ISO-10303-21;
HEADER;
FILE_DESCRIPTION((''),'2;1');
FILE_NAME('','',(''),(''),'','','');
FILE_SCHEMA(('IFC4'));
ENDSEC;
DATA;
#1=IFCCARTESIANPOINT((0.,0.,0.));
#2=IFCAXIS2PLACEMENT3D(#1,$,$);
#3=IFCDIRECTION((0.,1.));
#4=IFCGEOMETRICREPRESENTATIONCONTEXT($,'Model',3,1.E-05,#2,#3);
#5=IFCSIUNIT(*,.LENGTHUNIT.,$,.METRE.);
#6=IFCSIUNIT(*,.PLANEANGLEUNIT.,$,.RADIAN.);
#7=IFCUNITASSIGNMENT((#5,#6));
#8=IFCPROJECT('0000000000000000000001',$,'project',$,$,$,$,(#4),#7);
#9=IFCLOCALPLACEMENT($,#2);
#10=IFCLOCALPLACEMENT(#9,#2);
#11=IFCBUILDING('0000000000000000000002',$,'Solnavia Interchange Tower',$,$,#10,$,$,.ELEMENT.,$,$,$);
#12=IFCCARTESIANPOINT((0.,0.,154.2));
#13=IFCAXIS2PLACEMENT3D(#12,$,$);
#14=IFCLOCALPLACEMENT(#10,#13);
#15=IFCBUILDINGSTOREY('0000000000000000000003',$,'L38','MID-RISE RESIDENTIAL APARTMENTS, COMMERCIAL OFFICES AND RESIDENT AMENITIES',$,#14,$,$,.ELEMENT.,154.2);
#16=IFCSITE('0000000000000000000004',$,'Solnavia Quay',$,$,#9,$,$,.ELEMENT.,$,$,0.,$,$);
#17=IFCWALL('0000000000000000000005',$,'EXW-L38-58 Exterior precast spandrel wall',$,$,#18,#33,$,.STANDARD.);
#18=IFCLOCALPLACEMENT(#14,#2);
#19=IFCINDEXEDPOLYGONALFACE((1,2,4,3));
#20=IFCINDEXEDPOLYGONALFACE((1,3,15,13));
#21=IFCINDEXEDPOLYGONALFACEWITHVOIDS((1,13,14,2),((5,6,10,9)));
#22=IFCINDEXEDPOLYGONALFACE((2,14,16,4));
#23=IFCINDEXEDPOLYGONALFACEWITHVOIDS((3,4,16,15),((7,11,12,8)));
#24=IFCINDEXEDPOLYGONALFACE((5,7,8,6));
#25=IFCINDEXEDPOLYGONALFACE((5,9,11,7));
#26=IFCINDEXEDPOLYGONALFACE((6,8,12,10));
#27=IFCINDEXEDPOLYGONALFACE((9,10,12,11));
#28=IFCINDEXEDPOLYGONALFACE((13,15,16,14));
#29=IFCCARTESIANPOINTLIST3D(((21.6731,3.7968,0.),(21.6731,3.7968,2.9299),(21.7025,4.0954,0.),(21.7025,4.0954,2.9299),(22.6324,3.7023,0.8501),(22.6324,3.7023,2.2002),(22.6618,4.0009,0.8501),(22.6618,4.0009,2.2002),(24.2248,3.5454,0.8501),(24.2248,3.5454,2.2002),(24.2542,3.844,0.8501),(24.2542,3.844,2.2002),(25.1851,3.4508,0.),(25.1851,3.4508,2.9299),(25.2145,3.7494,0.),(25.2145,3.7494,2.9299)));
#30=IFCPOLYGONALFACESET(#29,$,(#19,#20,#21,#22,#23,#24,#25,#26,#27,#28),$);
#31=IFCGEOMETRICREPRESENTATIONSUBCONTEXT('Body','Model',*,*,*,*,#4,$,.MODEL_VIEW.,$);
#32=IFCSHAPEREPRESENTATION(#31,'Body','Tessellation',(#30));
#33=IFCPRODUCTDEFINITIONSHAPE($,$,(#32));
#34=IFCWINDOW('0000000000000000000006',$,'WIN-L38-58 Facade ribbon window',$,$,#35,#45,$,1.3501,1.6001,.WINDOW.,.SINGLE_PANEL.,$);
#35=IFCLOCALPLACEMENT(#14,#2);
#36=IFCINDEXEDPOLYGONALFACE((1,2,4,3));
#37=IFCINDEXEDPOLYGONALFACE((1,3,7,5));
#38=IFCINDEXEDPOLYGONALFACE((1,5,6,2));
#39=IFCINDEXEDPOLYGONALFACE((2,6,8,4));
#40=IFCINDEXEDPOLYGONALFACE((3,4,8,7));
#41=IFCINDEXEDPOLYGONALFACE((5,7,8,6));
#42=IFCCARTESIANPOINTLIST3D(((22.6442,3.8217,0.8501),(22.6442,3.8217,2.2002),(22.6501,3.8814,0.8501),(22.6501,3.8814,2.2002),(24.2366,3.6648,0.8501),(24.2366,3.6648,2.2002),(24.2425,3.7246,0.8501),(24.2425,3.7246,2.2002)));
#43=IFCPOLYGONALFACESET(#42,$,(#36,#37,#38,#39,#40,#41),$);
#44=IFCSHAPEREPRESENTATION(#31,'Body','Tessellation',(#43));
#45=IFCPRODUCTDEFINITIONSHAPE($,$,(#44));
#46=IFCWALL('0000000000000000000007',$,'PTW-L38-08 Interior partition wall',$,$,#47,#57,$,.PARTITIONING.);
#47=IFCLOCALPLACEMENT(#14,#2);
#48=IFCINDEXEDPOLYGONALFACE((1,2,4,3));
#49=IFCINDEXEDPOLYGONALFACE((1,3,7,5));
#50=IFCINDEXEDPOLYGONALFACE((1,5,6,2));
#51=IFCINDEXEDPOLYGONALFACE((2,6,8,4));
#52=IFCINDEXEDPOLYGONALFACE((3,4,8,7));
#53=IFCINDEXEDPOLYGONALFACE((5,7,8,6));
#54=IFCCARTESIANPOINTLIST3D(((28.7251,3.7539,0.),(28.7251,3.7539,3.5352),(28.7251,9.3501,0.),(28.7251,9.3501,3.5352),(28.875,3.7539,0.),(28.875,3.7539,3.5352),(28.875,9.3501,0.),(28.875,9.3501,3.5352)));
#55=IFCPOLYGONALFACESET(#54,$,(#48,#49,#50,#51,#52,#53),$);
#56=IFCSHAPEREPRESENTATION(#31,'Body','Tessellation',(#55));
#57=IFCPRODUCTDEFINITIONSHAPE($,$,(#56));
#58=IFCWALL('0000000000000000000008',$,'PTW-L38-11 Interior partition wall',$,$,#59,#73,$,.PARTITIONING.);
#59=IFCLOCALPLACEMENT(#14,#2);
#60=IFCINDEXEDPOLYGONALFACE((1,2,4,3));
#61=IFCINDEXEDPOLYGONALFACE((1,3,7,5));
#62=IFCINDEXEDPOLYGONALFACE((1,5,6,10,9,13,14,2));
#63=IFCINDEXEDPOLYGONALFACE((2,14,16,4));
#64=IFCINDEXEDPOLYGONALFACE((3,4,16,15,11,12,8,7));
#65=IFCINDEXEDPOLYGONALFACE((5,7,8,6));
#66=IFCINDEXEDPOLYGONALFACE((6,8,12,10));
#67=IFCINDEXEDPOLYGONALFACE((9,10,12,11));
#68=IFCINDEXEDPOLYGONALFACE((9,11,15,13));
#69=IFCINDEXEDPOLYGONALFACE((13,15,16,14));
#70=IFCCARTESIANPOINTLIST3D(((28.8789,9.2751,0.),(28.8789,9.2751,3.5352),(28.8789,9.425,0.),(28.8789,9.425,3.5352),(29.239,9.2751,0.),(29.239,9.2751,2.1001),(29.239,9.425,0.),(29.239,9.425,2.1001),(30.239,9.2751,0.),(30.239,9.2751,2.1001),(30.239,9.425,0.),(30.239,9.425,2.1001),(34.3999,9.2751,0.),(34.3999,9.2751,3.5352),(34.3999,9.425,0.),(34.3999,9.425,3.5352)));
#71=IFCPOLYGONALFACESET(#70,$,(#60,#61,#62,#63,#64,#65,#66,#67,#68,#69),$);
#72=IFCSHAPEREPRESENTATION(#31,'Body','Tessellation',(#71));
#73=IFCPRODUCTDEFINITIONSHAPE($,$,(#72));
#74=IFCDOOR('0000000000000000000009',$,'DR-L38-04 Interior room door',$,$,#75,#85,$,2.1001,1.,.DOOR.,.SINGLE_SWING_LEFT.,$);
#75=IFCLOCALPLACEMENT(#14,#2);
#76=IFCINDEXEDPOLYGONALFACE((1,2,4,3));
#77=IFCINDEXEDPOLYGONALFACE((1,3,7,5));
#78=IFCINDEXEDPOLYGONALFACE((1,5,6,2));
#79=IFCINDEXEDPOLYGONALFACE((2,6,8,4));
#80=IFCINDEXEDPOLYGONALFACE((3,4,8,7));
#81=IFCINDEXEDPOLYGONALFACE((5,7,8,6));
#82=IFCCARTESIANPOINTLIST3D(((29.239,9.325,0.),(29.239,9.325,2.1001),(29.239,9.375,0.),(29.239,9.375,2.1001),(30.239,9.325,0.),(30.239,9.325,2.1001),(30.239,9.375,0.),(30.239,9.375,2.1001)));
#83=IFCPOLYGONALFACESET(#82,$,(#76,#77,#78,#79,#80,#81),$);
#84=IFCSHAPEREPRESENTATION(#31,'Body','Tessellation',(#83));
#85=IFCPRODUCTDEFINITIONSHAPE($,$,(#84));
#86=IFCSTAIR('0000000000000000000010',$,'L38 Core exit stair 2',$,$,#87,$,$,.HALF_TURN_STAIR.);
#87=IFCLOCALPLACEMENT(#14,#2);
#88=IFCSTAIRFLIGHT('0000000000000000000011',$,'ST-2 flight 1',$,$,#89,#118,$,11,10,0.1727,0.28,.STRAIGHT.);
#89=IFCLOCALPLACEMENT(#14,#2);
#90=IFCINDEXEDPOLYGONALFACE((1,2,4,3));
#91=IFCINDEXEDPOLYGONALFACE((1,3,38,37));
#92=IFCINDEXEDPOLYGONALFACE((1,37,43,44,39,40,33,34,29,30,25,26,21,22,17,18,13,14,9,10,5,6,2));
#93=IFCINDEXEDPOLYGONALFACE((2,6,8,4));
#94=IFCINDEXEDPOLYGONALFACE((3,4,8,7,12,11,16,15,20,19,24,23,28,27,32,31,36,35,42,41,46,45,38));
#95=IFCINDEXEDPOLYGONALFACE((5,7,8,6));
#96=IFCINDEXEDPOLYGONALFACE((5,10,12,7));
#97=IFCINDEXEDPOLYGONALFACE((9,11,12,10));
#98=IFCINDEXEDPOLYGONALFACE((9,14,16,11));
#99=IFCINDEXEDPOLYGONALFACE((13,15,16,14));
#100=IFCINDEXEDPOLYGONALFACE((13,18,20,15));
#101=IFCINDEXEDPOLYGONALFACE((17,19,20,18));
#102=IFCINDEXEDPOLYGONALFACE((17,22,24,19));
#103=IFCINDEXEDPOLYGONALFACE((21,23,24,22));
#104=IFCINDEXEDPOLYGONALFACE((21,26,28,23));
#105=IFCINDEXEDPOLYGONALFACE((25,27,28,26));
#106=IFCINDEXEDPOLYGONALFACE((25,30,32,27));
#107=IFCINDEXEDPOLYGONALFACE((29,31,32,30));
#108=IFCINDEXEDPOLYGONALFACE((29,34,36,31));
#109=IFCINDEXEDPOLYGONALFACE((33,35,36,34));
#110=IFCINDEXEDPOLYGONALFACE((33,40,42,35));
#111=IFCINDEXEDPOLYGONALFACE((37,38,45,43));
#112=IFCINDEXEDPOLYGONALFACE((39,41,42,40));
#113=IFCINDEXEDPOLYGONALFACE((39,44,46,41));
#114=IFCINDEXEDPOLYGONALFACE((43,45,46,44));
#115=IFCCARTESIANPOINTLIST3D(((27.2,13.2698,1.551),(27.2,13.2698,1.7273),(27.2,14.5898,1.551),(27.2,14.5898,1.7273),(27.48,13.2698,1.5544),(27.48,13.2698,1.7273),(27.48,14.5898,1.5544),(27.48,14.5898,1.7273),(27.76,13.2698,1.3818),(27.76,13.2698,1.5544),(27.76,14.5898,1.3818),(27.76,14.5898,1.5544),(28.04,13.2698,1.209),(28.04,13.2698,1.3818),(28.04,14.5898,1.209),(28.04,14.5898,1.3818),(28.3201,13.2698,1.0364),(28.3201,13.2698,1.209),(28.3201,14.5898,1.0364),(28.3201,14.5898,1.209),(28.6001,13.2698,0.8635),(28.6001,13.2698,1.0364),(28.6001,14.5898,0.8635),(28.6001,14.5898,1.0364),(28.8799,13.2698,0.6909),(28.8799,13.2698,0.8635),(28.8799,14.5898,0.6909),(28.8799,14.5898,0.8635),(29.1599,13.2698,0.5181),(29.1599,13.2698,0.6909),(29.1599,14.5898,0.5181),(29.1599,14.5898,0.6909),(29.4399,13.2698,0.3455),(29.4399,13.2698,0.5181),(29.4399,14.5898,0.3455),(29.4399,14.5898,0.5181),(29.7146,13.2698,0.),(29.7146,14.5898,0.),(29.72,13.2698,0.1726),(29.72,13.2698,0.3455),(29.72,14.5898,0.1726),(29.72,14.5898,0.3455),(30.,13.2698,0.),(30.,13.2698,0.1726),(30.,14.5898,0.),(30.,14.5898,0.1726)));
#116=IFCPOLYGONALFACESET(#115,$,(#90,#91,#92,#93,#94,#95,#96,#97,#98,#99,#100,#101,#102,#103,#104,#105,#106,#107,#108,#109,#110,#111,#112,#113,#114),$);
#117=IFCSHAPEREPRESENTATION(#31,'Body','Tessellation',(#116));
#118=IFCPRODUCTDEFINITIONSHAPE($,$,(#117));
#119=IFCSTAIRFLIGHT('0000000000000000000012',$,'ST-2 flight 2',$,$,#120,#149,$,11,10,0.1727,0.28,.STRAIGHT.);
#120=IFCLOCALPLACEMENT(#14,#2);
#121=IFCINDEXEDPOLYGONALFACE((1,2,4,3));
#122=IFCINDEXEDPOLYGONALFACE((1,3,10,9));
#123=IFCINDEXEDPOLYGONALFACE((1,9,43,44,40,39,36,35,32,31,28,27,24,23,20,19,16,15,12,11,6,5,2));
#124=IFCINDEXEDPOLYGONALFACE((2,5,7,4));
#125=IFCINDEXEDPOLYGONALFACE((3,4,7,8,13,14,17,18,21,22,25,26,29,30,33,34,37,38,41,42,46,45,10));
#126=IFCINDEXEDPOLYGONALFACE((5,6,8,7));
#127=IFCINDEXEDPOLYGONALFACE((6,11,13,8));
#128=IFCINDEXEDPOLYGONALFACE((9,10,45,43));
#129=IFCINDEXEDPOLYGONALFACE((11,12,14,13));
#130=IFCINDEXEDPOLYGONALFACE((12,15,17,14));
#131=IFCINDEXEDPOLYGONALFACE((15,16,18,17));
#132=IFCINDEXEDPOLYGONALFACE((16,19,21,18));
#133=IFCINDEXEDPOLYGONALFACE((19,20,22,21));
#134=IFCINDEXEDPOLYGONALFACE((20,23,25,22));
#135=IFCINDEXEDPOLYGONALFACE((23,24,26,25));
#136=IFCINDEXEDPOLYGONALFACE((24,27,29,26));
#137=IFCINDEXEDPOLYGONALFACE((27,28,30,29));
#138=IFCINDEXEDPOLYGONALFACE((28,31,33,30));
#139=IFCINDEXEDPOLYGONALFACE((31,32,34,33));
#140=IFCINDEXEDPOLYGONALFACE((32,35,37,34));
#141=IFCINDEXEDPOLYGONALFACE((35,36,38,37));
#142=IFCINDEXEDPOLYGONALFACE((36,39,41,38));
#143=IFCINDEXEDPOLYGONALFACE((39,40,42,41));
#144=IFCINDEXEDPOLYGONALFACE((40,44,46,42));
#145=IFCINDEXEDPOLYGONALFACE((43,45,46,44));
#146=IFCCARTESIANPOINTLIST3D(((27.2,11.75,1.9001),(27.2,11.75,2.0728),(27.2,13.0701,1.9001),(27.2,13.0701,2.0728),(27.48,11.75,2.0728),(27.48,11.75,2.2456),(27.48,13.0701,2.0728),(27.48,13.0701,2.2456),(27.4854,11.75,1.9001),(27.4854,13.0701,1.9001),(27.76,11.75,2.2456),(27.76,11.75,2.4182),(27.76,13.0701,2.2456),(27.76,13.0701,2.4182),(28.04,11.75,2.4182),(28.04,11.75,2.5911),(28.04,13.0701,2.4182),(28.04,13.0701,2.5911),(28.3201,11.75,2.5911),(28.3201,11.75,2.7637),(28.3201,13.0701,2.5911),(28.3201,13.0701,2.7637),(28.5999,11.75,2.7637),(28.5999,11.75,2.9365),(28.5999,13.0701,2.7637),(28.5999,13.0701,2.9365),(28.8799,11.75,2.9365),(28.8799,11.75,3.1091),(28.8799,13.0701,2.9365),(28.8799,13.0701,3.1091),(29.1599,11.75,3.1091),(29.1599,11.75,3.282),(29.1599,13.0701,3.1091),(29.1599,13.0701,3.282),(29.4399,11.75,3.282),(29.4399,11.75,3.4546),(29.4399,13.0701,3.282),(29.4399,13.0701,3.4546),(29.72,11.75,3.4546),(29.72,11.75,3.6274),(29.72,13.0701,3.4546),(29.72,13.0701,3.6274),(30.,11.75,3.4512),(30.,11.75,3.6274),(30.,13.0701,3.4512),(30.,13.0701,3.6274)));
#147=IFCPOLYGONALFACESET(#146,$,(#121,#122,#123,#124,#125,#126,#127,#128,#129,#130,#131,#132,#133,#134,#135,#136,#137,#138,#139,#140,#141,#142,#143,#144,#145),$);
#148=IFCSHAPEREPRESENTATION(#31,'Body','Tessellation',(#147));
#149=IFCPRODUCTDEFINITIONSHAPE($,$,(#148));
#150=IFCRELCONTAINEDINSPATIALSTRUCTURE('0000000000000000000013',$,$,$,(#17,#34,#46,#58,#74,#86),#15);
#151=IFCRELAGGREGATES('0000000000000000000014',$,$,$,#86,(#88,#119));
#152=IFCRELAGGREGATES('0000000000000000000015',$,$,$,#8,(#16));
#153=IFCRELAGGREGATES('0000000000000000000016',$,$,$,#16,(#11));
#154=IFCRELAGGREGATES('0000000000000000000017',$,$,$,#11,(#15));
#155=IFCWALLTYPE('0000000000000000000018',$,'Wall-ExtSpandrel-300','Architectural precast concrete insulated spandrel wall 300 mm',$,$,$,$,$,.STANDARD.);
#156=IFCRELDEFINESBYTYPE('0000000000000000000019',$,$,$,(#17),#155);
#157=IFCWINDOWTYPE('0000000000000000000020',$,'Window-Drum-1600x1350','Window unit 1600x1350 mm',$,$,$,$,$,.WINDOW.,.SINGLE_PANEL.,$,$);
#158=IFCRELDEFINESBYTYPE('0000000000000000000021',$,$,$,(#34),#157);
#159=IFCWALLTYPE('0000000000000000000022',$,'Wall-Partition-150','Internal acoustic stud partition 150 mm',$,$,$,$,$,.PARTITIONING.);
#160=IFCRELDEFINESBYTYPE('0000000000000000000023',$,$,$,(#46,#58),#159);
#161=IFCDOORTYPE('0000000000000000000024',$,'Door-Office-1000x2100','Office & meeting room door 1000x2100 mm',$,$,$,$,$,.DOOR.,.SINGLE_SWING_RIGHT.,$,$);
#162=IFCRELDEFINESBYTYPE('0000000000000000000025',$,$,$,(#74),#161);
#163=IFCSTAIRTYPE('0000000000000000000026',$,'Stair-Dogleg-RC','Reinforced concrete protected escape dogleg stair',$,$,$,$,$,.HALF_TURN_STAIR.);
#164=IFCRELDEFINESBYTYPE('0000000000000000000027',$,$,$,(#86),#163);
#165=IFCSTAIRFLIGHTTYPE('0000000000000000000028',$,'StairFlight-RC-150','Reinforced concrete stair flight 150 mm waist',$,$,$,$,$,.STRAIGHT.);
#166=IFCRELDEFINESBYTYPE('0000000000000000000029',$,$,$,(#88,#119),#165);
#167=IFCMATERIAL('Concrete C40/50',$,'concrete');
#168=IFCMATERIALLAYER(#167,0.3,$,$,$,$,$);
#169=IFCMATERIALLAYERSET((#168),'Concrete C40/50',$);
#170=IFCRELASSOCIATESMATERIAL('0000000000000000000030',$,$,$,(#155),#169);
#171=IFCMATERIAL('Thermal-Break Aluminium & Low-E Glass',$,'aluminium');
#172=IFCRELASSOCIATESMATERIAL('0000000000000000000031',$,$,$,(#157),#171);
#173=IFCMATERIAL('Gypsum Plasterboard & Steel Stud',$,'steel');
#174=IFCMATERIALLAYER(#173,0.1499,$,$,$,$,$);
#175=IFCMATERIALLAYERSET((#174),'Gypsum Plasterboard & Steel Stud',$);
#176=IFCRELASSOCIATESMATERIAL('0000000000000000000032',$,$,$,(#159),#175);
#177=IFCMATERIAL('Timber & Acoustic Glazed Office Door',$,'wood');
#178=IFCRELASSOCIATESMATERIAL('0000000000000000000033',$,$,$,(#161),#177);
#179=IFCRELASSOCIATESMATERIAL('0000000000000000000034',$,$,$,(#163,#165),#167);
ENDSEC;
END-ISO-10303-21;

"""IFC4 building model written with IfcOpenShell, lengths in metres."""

from ifc_helpers import new_model, si_unit, direction, frame, frame_2d, origin, place, context, subcontext, project, spatial, polyline, rectangle, outline, extrude, material, layer, layer_set, type_object, element, fill, aggregate, save


model = new_model("IFC4")

# Units and contexts
model_context = context("Model", 3, precision=1e-05, world=origin(), true_north=direction((0.0, 1.0)))
body_context = subcontext(model_context, "Body", "Model", "MODEL_VIEW")
ifc_project = project(units=[si_unit("LENGTHUNIT", "METRE"), si_unit("PLANEANGLEUNIT", "RADIAN")], contexts=[model_context])

# Site, building, storey
site_placement = place(None, origin())
site = spatial("IfcSite", under=ifc_project, at=site_placement, Name="Solnavia Quay", CompositionType="ELEMENT", RefElevation=0.0)
building_placement = place(site_placement, origin())
building = spatial("IfcBuilding", under=site, at=building_placement, Name="Solnavia Interchange Tower", CompositionType="ELEMENT")
storey_placement = place(building_placement, frame((0.0, 0.0, 154.2)))
storey = spatial("IfcBuildingStorey", under=building, at=storey_placement, Name="L38", Description="MID-RISE RESIDENTIAL APARTMENTS, COMMERCIAL OFFICES AND RESIDENT AMENITIES", CompositionType="ELEMENT", Elevation=154.2)

# Wall, opening, window
ifc_material_1 = material(Name="Concrete C40/50", Category="concrete")
ifc_layer_1 = layer(ifc_material_1, 0.3)
ifc_layer_set_1 = layer_set([ifc_layer_1], Name="Concrete C40/50")
wall_type_1 = type_object("IfcWallType", Name="Wall-ExtSpandrel-300", Description="Architectural precast concrete insulated spandrel wall 300 mm", PredefinedType="STANDARD", material=ifc_layer_set_1)
ifc_material_2 = material(Name="Thermal-Break Aluminium & Low-E Glass", Category="aluminium")
wall_1_placement = place(storey_placement, frame((25.2, 3.6001, 0.0), z_axis=(0.0, 0.0, 1.0), x_axis=(-0.995183, 0.098031, 0.0)))
wall_1 = element("IfcWall", 1, at=wall_1_placement, inside=storey, type_object=wall_type_1, Name="EXW-L38-58 Exterior precast spandrel wall", PredefinedType="STANDARD", context=body_context, shape_type="SweptSolid", body=[
    extrude(rectangle(XDim=3.5291, YDim=0.3, at=frame_2d((1.7646, 0.0))), origin(), (0.0, 0.0, 1.0), 2.9299),
])
opening_1_placement = place(wall_1_placement, frame((0.9651, 0.0, 0.8501)))
opening_1 = element("IfcOpeningElement", 2, at=opening_1_placement, cuts=wall_1, PredefinedType="OPENING", context=body_context, shape_type="SweptSolid", body=[
    extrude(rectangle(XDim=1.6001, YDim=1.3501, at=frame_2d((0.8, 0.675))), frame((0.0, 0.1602, 0.0), z_axis=(0.0, -1.0, 0.0), x_axis=(1.0, 0.0, 0.0)), (0.0, 0.0, 1.0), 0.3201),
])
window_type_1 = type_object("IfcWindowType", Name="Window-Drum-1600x1350", Description="Window unit 1600x1350 mm", PartitioningType="SINGLE_PANEL", PredefinedType="WINDOW", material=ifc_material_2)
window_1_placement = place(opening_1_placement, origin())
window_1 = element("IfcWindow", 3, at=window_1_placement, inside=storey, type_object=window_type_1, Name="WIN-L38-58 Facade ribbon window", OverallHeight=1.3501, OverallWidth=1.6001, PartitioningType="SINGLE_PANEL", PredefinedType="WINDOW", context=body_context, shape_type="SweptSolid", body=[
    extrude(rectangle(XDim=1.6001, YDim=1.3501, at=frame_2d((0.8, 0.675))), frame((0.0, 0.03, 0.0), z_axis=(0.0, -1.0, 0.0), x_axis=(1.0, 0.0, 0.0)), (0.0, 0.0, 1.0), 0.0601),
])
fill(opening_1, window_1)

# Wall
ifc_material_3 = material(Name="Gypsum Plasterboard & Steel Stud", Category="steel")
ifc_layer_2 = layer(ifc_material_3, 0.1499)
ifc_layer_set_2 = layer_set([ifc_layer_2], Name="Gypsum Plasterboard & Steel Stud")
wall_type_2 = type_object("IfcWallType", Name="Wall-Partition-150", Description="Internal acoustic stud partition 150 mm", PredefinedType="PARTITIONING", material=ifc_layer_set_2)
wall_2_placement = place(storey_placement, frame((28.8, 9.3501, 0.0), z_axis=(0.0, 0.0, 1.0), x_axis=(0.0, -1.0, 0.0)))
element("IfcWall", 4, at=wall_2_placement, inside=storey, type_object=wall_type_2, Name="PTW-L38-08 Interior partition wall", PredefinedType="PARTITIONING", context=body_context, shape_type="SweptSolid", body=[
    extrude(rectangle(XDim=5.5962, YDim=0.1499, at=frame_2d((2.7981, 0.0))), origin(), (0.0, 0.0, 1.0), 3.5352),
])

# Wall, opening, door
wall_3_placement = place(storey_placement, frame((28.8789, 9.3501, 0.0), z_axis=(0.0, 0.0, 1.0), x_axis=(1.0, 0.0, 0.0)))
wall_3 = element("IfcWall", 5, at=wall_3_placement, inside=storey, type_object=wall_type_2, Name="PTW-L38-11 Interior partition wall", PredefinedType="PARTITIONING", context=body_context, shape_type="SweptSolid", body=[
    extrude(rectangle(XDim=5.521, YDim=0.1499, at=frame_2d((2.7605, 0.0))), origin(), (0.0, 0.0, 1.0), 3.5352),
])
opening_2_placement = place(wall_3_placement, frame((0.3601, 0.0, 0.0)))
opening_2 = element("IfcOpeningElement", 6, at=opening_2_placement, cuts=wall_3, PredefinedType="OPENING", context=body_context, shape_type="SweptSolid", body=[
    extrude(rectangle(XDim=1.0, YDim=2.1001, at=frame_2d((0.5, 1.05))), frame((0.0, 0.085, 0.0), z_axis=(0.0, -1.0, 0.0), x_axis=(1.0, 0.0, 0.0)), (0.0, 0.0, 1.0), 0.1699),
])
ifc_material_4 = material(Name="Timber & Acoustic Glazed Office Door", Category="wood")
door_type = type_object("IfcDoorType", Name="Door-Office-1000x2100", Description="Office & meeting room door 1000x2100 mm", OperationType="SINGLE_SWING_RIGHT", PredefinedType="DOOR", material=ifc_material_4)
door_placement = place(opening_2_placement, origin())
door = element("IfcDoor", 7, at=door_placement, inside=storey, type_object=door_type, Name="DR-L38-04 Interior room door", OperationType="SINGLE_SWING_LEFT", OverallHeight=2.1001, OverallWidth=1.0, PredefinedType="DOOR", context=body_context, shape_type="SweptSolid", body=[
    extrude(rectangle(XDim=1.0, YDim=2.1001, at=frame_2d((0.5, 1.05))), frame((0.0, 0.0249, 0.0), z_axis=(0.0, -1.0, 0.0), x_axis=(1.0, 0.0, 0.0)), (0.0, 0.0, 1.0), 0.05),
])
fill(opening_2, door)

# Stair, stair flights
stair_type = type_object("IfcStairType", Name="Stair-Dogleg-RC", Description="Reinforced concrete protected escape dogleg stair", PredefinedType="HALF_TURN_STAIR", material=ifc_material_1)
stair_placement = place(storey_placement, origin())
stair = element("IfcStair", 8, at=stair_placement, inside=storey, type_object=stair_type, Name="L38 Core exit stair 2", PredefinedType="HALF_TURN_STAIR")
stair_flight_type = type_object("IfcStairFlightType", Name="StairFlight-RC-150", Description="Reinforced concrete stair flight 150 mm waist", PredefinedType="STRAIGHT", material=ifc_material_1)
stair_flight_1_placement = place(storey_placement, frame((30.0, 13.9299, 0.0), z_axis=(0.0, 0.0, 1.0), x_axis=(-1.0, 0.0, 0.0)))
stair_flight_1 = element("IfcStairFlight", 9, at=stair_flight_1_placement, type_object=stair_flight_type, Name="ST-2 flight 1", NumberOfRisers=11, NumberOfTreads=10, PredefinedType="STRAIGHT", RiserHeight=0.1727, TreadLength=0.28, context=body_context, shape_type="SweptSolid", body=[
    extrude(outline(polyline([(0.0, 0.0), (0.0, 0.1726), (0.28, 0.1726), (0.28, 0.3455), (0.5601, 0.3455), (0.5601, 0.5181), (0.8401, 0.5181), (0.8401, 0.6909), (1.1201, 0.6909), (1.1201, 0.8635), (1.3999, 0.8635), (1.3999, 1.0364), (1.6799, 1.0364), (1.6799, 1.209), (1.96, 1.209), (1.96, 1.3818), (2.24, 1.3818), (2.24, 1.5544), (2.52, 1.5544), (2.52, 1.7273), (2.8, 1.7273), (2.8, 1.8999), (2.8, 1.551), (0.2854, 0.0), (0.0, 0.0)])), frame((0.0, 0.6602, 0.0), z_axis=(0.0, -1.0, 0.0), x_axis=(1.0, 0.0, 0.0)), (0.0, 0.0, 1.0), 1.3201),
])
stair_flight_2_placement = place(storey_placement, frame((27.2, 12.4099, 1.9001), z_axis=(0.0, 0.0, 1.0), x_axis=(1.0, 0.0, 0.0)))
stair_flight_2 = element("IfcStairFlight", 10, at=stair_flight_2_placement, type_object=stair_flight_type, Name="ST-2 flight 2", NumberOfRisers=11, NumberOfTreads=10, PredefinedType="STRAIGHT", RiserHeight=0.1727, TreadLength=0.28, context=body_context, shape_type="SweptSolid", body=[
    extrude(outline(polyline([(0.0, 0.0), (0.0, 0.1726), (0.28, 0.1726), (0.28, 0.3455), (0.5601, 0.3455), (0.5601, 0.5181), (0.8401, 0.5181), (0.8401, 0.6909), (1.1201, 0.6909), (1.1201, 0.8635), (1.3999, 0.8635), (1.3999, 1.0364), (1.6799, 1.0364), (1.6799, 1.209), (1.96, 1.209), (1.96, 1.3818), (2.24, 1.3818), (2.24, 1.5544), (2.52, 1.5544), (2.52, 1.7273), (2.8, 1.7273), (2.8, 1.8999), (2.8, 1.551), (0.2854, 0.0), (0.0, 0.0)])), frame((0.0, 0.6602, 0.0), z_axis=(0.0, -1.0, 0.0), x_axis=(1.0, 0.0, 0.0)), (0.0, 0.0, 1.0), 1.3201),
])
aggregate(stair, [stair_flight_1, stair_flight_2])

save(model, "model.ifc")
